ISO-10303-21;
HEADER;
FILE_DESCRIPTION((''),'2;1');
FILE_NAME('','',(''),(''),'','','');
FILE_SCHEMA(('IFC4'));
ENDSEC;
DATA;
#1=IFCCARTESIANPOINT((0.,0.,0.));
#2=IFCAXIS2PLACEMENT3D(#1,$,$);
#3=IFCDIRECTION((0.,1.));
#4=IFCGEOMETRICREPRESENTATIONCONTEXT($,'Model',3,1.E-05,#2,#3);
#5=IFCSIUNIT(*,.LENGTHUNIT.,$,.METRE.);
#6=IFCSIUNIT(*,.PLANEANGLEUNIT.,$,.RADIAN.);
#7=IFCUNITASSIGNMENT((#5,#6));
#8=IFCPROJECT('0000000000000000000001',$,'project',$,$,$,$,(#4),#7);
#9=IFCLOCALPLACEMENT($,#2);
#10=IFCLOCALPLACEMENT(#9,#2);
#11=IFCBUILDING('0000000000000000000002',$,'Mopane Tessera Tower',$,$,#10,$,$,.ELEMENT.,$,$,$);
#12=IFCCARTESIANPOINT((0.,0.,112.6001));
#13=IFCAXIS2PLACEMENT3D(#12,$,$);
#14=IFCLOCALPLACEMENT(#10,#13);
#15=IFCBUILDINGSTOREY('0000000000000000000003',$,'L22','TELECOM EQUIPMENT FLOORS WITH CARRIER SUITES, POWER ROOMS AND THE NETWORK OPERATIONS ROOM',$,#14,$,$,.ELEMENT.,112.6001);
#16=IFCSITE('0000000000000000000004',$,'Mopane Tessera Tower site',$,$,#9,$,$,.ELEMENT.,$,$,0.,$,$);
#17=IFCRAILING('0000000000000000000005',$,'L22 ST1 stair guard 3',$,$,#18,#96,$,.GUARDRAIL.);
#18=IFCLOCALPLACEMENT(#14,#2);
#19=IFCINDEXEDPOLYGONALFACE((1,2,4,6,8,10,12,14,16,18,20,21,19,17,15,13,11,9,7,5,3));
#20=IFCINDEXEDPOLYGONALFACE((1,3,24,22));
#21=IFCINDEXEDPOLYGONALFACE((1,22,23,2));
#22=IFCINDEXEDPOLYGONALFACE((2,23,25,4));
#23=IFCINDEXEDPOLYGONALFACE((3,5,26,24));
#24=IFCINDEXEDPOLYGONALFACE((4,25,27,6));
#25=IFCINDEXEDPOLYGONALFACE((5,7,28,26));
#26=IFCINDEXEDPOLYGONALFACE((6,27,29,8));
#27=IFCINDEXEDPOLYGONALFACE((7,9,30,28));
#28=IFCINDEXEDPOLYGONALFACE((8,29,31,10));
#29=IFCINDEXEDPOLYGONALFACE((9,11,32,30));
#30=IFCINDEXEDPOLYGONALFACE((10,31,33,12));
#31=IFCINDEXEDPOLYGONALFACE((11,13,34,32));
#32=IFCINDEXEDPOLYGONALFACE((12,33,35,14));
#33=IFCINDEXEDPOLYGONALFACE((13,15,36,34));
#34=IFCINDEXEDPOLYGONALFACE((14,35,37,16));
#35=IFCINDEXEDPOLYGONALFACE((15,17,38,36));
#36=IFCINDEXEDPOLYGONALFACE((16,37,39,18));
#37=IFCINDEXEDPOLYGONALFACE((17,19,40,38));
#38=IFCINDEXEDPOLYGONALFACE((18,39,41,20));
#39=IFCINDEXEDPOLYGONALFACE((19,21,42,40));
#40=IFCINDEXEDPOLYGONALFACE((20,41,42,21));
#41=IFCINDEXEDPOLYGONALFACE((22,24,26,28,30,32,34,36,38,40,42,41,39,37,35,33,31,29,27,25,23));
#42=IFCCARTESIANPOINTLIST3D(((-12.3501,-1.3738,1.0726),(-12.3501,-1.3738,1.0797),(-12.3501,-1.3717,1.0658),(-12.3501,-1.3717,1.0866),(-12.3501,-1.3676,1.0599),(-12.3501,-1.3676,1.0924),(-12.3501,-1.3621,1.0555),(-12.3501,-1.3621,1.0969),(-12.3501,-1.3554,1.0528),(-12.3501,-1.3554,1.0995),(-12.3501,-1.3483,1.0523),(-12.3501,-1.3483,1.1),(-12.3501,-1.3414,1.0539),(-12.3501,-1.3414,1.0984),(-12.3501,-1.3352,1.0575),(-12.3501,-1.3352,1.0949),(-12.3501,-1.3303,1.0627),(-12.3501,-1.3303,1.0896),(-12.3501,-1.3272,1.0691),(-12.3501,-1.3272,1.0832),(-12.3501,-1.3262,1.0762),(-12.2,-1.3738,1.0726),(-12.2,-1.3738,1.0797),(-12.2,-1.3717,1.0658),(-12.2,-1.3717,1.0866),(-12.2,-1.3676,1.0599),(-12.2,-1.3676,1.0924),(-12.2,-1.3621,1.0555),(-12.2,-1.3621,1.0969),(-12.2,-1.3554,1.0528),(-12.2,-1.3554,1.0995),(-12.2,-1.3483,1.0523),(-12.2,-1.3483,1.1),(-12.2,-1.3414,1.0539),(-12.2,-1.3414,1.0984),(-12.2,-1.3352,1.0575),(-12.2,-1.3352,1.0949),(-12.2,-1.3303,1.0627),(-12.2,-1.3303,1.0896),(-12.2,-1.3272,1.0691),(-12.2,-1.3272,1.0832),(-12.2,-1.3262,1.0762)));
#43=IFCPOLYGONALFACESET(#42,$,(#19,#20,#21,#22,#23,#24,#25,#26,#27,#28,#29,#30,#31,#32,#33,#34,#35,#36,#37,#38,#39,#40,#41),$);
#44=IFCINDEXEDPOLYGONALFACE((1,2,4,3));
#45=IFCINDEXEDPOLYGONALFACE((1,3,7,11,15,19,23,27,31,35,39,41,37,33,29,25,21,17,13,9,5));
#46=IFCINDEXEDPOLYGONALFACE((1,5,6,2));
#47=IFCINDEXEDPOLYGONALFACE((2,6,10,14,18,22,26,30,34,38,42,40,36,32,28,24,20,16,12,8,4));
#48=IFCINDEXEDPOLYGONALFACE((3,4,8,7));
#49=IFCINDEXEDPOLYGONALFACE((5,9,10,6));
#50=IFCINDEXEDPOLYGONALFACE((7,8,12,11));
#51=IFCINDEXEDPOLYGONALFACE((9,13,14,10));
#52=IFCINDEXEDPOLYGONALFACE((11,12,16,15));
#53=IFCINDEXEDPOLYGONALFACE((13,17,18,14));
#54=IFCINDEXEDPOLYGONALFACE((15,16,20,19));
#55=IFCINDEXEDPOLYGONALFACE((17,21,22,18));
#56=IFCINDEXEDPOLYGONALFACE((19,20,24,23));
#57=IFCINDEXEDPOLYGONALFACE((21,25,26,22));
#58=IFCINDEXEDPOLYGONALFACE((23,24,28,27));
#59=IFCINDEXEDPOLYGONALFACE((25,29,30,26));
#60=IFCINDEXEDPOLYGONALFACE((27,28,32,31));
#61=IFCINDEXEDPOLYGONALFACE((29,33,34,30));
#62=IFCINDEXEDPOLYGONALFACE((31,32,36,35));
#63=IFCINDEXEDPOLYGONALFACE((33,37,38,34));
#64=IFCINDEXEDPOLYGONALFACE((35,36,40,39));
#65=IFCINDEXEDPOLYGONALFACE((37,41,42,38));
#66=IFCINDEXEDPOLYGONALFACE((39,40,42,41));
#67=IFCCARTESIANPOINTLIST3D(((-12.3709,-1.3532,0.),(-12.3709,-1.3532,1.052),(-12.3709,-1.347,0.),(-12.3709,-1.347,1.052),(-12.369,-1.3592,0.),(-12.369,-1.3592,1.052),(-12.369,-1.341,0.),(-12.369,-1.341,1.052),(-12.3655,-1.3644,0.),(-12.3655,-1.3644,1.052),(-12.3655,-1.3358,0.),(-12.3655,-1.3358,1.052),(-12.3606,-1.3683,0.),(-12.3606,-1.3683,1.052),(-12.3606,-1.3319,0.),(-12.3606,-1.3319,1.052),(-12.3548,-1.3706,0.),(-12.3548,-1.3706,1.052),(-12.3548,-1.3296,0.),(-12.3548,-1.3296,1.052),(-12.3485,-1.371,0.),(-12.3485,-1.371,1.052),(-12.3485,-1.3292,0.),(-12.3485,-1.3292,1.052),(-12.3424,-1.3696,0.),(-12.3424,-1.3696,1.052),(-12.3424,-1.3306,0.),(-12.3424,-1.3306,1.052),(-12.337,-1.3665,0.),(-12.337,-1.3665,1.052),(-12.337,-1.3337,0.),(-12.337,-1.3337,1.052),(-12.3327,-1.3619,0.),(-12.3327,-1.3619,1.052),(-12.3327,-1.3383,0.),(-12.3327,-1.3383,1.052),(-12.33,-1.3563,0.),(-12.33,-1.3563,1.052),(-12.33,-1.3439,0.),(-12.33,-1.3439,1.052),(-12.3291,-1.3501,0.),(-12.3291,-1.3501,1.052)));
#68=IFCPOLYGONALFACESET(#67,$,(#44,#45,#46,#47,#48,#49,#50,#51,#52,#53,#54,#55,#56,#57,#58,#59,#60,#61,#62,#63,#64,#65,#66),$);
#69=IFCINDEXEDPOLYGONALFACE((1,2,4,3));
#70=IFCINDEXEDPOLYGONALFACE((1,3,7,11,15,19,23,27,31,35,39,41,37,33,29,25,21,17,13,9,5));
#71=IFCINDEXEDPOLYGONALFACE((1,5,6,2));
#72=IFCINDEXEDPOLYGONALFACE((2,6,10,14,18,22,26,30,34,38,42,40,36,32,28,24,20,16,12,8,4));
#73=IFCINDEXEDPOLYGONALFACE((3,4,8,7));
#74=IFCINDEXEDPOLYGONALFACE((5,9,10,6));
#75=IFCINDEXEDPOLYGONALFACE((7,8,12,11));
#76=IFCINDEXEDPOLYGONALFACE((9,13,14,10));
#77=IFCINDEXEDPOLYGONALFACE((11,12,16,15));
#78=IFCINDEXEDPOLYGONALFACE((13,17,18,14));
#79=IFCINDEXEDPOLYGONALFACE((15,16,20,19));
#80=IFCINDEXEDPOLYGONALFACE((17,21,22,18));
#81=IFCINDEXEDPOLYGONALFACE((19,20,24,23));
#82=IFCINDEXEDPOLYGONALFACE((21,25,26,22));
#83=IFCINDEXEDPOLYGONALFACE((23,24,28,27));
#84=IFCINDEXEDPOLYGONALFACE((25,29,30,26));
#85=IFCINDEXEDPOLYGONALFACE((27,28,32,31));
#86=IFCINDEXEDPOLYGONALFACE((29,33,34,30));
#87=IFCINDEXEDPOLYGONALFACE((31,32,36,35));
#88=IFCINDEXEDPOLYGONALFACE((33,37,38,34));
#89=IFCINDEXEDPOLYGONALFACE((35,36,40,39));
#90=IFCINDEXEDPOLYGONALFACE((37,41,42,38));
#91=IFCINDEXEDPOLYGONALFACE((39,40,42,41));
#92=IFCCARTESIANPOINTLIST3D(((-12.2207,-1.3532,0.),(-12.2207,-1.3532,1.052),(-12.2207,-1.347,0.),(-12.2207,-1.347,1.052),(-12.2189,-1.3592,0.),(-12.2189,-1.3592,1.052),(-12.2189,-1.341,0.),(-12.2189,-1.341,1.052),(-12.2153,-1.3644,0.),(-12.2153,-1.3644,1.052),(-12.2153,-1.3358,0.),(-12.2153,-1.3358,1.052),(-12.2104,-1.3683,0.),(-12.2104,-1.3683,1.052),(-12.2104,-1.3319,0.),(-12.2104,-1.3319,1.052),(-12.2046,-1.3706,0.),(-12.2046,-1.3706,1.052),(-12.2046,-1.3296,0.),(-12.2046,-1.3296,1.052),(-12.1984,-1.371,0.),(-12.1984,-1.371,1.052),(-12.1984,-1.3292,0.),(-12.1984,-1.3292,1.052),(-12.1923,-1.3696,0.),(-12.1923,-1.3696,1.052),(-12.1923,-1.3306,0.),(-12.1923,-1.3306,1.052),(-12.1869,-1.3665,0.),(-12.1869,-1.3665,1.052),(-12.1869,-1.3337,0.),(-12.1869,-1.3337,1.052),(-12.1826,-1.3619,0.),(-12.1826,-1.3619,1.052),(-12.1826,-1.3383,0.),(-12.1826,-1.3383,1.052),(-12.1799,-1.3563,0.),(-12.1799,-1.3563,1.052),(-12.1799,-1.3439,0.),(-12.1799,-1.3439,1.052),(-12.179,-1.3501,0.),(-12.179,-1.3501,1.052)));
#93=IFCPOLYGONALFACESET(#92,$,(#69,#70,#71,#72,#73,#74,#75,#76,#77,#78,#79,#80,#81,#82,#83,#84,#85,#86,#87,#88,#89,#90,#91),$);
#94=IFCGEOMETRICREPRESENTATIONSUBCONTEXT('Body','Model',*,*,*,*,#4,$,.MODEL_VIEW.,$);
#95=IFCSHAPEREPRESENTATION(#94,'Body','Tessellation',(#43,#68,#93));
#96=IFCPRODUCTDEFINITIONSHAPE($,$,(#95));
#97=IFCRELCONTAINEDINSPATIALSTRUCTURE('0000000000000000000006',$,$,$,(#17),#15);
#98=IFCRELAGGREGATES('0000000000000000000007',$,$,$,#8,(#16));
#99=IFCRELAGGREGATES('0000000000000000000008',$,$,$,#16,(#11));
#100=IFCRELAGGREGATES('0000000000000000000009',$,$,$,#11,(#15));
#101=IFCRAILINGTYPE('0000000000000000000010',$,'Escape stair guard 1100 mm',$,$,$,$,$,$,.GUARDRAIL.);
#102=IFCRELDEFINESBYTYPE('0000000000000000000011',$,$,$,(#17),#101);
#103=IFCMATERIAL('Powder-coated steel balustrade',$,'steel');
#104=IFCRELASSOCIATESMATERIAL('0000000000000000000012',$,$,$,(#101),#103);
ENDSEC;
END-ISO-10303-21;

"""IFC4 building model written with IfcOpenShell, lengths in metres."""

from ifc_helpers import new_model, si_unit, direction, frame, origin, origin_2d, place, context, subcontext, project, spatial, circle, extrude, material, type_object, element, save


model = new_model("IFC4")

# Units and contexts
model_context = context("Model", 3, precision=1e-05, world=origin(), true_north=direction((0.0, 1.0)))
body_context = subcontext(model_context, "Body", "Model", "MODEL_VIEW")
ifc_project = project(units=[si_unit("LENGTHUNIT", "METRE"), si_unit("PLANEANGLEUNIT", "RADIAN")], contexts=[model_context])

# Site, building, storey
site_placement = place(None, origin())
site = spatial("IfcSite", under=ifc_project, at=site_placement, Name="Mopane Tessera Tower site", CompositionType="ELEMENT", RefElevation=0.0)
building_placement = place(site_placement, origin())
building = spatial("IfcBuilding", under=site, at=building_placement, Name="Mopane Tessera Tower", CompositionType="ELEMENT")
storey_placement = place(building_placement, frame((0.0, 0.0, 112.6001)))
storey = spatial("IfcBuildingStorey", under=building, at=storey_placement, Name="L22", Description="TELECOM EQUIPMENT FLOORS WITH CARRIER SUITES, POWER ROOMS AND THE NETWORK OPERATIONS ROOM", CompositionType="ELEMENT", Elevation=112.6001)

# Railing
ifc_material_1 = material(Name="Powder-coated steel balustrade", Category="steel")
railing_type_1 = type_object("IfcRailingType", Name="Escape stair guard 1100 mm", PredefinedType="GUARDRAIL", material=ifc_material_1)
railing_1_placement = place(storey_placement, frame((-12.3501, -1.3501, 0.0)))
element("IfcRailing", 1, at=railing_1_placement, inside=storey, type_object=railing_type_1, Name="L22 ST1 stair guard 3", PredefinedType="GUARDRAIL", context=body_context, shape_type="SweptSolid", body=[
    extrude(circle(Radius=0.0239, at=origin_2d()), frame((0.0, 0.0, 1.0762), z_axis=(1.0, 0.0, 0.0), x_axis=(0.0, 1.0, 0.0)), (0.0, 0.0, 1.0), 0.1501),
    extrude(circle(Radius=0.021, at=origin_2d()), origin(), (0.0, 0.0, 1.0), 1.052),
    extrude(circle(Radius=0.021, at=origin_2d()), frame((0.1501, 0.0, 0.0)), (0.0, 0.0, 1.0), 1.052),
])

save(model, "model.ifc")
